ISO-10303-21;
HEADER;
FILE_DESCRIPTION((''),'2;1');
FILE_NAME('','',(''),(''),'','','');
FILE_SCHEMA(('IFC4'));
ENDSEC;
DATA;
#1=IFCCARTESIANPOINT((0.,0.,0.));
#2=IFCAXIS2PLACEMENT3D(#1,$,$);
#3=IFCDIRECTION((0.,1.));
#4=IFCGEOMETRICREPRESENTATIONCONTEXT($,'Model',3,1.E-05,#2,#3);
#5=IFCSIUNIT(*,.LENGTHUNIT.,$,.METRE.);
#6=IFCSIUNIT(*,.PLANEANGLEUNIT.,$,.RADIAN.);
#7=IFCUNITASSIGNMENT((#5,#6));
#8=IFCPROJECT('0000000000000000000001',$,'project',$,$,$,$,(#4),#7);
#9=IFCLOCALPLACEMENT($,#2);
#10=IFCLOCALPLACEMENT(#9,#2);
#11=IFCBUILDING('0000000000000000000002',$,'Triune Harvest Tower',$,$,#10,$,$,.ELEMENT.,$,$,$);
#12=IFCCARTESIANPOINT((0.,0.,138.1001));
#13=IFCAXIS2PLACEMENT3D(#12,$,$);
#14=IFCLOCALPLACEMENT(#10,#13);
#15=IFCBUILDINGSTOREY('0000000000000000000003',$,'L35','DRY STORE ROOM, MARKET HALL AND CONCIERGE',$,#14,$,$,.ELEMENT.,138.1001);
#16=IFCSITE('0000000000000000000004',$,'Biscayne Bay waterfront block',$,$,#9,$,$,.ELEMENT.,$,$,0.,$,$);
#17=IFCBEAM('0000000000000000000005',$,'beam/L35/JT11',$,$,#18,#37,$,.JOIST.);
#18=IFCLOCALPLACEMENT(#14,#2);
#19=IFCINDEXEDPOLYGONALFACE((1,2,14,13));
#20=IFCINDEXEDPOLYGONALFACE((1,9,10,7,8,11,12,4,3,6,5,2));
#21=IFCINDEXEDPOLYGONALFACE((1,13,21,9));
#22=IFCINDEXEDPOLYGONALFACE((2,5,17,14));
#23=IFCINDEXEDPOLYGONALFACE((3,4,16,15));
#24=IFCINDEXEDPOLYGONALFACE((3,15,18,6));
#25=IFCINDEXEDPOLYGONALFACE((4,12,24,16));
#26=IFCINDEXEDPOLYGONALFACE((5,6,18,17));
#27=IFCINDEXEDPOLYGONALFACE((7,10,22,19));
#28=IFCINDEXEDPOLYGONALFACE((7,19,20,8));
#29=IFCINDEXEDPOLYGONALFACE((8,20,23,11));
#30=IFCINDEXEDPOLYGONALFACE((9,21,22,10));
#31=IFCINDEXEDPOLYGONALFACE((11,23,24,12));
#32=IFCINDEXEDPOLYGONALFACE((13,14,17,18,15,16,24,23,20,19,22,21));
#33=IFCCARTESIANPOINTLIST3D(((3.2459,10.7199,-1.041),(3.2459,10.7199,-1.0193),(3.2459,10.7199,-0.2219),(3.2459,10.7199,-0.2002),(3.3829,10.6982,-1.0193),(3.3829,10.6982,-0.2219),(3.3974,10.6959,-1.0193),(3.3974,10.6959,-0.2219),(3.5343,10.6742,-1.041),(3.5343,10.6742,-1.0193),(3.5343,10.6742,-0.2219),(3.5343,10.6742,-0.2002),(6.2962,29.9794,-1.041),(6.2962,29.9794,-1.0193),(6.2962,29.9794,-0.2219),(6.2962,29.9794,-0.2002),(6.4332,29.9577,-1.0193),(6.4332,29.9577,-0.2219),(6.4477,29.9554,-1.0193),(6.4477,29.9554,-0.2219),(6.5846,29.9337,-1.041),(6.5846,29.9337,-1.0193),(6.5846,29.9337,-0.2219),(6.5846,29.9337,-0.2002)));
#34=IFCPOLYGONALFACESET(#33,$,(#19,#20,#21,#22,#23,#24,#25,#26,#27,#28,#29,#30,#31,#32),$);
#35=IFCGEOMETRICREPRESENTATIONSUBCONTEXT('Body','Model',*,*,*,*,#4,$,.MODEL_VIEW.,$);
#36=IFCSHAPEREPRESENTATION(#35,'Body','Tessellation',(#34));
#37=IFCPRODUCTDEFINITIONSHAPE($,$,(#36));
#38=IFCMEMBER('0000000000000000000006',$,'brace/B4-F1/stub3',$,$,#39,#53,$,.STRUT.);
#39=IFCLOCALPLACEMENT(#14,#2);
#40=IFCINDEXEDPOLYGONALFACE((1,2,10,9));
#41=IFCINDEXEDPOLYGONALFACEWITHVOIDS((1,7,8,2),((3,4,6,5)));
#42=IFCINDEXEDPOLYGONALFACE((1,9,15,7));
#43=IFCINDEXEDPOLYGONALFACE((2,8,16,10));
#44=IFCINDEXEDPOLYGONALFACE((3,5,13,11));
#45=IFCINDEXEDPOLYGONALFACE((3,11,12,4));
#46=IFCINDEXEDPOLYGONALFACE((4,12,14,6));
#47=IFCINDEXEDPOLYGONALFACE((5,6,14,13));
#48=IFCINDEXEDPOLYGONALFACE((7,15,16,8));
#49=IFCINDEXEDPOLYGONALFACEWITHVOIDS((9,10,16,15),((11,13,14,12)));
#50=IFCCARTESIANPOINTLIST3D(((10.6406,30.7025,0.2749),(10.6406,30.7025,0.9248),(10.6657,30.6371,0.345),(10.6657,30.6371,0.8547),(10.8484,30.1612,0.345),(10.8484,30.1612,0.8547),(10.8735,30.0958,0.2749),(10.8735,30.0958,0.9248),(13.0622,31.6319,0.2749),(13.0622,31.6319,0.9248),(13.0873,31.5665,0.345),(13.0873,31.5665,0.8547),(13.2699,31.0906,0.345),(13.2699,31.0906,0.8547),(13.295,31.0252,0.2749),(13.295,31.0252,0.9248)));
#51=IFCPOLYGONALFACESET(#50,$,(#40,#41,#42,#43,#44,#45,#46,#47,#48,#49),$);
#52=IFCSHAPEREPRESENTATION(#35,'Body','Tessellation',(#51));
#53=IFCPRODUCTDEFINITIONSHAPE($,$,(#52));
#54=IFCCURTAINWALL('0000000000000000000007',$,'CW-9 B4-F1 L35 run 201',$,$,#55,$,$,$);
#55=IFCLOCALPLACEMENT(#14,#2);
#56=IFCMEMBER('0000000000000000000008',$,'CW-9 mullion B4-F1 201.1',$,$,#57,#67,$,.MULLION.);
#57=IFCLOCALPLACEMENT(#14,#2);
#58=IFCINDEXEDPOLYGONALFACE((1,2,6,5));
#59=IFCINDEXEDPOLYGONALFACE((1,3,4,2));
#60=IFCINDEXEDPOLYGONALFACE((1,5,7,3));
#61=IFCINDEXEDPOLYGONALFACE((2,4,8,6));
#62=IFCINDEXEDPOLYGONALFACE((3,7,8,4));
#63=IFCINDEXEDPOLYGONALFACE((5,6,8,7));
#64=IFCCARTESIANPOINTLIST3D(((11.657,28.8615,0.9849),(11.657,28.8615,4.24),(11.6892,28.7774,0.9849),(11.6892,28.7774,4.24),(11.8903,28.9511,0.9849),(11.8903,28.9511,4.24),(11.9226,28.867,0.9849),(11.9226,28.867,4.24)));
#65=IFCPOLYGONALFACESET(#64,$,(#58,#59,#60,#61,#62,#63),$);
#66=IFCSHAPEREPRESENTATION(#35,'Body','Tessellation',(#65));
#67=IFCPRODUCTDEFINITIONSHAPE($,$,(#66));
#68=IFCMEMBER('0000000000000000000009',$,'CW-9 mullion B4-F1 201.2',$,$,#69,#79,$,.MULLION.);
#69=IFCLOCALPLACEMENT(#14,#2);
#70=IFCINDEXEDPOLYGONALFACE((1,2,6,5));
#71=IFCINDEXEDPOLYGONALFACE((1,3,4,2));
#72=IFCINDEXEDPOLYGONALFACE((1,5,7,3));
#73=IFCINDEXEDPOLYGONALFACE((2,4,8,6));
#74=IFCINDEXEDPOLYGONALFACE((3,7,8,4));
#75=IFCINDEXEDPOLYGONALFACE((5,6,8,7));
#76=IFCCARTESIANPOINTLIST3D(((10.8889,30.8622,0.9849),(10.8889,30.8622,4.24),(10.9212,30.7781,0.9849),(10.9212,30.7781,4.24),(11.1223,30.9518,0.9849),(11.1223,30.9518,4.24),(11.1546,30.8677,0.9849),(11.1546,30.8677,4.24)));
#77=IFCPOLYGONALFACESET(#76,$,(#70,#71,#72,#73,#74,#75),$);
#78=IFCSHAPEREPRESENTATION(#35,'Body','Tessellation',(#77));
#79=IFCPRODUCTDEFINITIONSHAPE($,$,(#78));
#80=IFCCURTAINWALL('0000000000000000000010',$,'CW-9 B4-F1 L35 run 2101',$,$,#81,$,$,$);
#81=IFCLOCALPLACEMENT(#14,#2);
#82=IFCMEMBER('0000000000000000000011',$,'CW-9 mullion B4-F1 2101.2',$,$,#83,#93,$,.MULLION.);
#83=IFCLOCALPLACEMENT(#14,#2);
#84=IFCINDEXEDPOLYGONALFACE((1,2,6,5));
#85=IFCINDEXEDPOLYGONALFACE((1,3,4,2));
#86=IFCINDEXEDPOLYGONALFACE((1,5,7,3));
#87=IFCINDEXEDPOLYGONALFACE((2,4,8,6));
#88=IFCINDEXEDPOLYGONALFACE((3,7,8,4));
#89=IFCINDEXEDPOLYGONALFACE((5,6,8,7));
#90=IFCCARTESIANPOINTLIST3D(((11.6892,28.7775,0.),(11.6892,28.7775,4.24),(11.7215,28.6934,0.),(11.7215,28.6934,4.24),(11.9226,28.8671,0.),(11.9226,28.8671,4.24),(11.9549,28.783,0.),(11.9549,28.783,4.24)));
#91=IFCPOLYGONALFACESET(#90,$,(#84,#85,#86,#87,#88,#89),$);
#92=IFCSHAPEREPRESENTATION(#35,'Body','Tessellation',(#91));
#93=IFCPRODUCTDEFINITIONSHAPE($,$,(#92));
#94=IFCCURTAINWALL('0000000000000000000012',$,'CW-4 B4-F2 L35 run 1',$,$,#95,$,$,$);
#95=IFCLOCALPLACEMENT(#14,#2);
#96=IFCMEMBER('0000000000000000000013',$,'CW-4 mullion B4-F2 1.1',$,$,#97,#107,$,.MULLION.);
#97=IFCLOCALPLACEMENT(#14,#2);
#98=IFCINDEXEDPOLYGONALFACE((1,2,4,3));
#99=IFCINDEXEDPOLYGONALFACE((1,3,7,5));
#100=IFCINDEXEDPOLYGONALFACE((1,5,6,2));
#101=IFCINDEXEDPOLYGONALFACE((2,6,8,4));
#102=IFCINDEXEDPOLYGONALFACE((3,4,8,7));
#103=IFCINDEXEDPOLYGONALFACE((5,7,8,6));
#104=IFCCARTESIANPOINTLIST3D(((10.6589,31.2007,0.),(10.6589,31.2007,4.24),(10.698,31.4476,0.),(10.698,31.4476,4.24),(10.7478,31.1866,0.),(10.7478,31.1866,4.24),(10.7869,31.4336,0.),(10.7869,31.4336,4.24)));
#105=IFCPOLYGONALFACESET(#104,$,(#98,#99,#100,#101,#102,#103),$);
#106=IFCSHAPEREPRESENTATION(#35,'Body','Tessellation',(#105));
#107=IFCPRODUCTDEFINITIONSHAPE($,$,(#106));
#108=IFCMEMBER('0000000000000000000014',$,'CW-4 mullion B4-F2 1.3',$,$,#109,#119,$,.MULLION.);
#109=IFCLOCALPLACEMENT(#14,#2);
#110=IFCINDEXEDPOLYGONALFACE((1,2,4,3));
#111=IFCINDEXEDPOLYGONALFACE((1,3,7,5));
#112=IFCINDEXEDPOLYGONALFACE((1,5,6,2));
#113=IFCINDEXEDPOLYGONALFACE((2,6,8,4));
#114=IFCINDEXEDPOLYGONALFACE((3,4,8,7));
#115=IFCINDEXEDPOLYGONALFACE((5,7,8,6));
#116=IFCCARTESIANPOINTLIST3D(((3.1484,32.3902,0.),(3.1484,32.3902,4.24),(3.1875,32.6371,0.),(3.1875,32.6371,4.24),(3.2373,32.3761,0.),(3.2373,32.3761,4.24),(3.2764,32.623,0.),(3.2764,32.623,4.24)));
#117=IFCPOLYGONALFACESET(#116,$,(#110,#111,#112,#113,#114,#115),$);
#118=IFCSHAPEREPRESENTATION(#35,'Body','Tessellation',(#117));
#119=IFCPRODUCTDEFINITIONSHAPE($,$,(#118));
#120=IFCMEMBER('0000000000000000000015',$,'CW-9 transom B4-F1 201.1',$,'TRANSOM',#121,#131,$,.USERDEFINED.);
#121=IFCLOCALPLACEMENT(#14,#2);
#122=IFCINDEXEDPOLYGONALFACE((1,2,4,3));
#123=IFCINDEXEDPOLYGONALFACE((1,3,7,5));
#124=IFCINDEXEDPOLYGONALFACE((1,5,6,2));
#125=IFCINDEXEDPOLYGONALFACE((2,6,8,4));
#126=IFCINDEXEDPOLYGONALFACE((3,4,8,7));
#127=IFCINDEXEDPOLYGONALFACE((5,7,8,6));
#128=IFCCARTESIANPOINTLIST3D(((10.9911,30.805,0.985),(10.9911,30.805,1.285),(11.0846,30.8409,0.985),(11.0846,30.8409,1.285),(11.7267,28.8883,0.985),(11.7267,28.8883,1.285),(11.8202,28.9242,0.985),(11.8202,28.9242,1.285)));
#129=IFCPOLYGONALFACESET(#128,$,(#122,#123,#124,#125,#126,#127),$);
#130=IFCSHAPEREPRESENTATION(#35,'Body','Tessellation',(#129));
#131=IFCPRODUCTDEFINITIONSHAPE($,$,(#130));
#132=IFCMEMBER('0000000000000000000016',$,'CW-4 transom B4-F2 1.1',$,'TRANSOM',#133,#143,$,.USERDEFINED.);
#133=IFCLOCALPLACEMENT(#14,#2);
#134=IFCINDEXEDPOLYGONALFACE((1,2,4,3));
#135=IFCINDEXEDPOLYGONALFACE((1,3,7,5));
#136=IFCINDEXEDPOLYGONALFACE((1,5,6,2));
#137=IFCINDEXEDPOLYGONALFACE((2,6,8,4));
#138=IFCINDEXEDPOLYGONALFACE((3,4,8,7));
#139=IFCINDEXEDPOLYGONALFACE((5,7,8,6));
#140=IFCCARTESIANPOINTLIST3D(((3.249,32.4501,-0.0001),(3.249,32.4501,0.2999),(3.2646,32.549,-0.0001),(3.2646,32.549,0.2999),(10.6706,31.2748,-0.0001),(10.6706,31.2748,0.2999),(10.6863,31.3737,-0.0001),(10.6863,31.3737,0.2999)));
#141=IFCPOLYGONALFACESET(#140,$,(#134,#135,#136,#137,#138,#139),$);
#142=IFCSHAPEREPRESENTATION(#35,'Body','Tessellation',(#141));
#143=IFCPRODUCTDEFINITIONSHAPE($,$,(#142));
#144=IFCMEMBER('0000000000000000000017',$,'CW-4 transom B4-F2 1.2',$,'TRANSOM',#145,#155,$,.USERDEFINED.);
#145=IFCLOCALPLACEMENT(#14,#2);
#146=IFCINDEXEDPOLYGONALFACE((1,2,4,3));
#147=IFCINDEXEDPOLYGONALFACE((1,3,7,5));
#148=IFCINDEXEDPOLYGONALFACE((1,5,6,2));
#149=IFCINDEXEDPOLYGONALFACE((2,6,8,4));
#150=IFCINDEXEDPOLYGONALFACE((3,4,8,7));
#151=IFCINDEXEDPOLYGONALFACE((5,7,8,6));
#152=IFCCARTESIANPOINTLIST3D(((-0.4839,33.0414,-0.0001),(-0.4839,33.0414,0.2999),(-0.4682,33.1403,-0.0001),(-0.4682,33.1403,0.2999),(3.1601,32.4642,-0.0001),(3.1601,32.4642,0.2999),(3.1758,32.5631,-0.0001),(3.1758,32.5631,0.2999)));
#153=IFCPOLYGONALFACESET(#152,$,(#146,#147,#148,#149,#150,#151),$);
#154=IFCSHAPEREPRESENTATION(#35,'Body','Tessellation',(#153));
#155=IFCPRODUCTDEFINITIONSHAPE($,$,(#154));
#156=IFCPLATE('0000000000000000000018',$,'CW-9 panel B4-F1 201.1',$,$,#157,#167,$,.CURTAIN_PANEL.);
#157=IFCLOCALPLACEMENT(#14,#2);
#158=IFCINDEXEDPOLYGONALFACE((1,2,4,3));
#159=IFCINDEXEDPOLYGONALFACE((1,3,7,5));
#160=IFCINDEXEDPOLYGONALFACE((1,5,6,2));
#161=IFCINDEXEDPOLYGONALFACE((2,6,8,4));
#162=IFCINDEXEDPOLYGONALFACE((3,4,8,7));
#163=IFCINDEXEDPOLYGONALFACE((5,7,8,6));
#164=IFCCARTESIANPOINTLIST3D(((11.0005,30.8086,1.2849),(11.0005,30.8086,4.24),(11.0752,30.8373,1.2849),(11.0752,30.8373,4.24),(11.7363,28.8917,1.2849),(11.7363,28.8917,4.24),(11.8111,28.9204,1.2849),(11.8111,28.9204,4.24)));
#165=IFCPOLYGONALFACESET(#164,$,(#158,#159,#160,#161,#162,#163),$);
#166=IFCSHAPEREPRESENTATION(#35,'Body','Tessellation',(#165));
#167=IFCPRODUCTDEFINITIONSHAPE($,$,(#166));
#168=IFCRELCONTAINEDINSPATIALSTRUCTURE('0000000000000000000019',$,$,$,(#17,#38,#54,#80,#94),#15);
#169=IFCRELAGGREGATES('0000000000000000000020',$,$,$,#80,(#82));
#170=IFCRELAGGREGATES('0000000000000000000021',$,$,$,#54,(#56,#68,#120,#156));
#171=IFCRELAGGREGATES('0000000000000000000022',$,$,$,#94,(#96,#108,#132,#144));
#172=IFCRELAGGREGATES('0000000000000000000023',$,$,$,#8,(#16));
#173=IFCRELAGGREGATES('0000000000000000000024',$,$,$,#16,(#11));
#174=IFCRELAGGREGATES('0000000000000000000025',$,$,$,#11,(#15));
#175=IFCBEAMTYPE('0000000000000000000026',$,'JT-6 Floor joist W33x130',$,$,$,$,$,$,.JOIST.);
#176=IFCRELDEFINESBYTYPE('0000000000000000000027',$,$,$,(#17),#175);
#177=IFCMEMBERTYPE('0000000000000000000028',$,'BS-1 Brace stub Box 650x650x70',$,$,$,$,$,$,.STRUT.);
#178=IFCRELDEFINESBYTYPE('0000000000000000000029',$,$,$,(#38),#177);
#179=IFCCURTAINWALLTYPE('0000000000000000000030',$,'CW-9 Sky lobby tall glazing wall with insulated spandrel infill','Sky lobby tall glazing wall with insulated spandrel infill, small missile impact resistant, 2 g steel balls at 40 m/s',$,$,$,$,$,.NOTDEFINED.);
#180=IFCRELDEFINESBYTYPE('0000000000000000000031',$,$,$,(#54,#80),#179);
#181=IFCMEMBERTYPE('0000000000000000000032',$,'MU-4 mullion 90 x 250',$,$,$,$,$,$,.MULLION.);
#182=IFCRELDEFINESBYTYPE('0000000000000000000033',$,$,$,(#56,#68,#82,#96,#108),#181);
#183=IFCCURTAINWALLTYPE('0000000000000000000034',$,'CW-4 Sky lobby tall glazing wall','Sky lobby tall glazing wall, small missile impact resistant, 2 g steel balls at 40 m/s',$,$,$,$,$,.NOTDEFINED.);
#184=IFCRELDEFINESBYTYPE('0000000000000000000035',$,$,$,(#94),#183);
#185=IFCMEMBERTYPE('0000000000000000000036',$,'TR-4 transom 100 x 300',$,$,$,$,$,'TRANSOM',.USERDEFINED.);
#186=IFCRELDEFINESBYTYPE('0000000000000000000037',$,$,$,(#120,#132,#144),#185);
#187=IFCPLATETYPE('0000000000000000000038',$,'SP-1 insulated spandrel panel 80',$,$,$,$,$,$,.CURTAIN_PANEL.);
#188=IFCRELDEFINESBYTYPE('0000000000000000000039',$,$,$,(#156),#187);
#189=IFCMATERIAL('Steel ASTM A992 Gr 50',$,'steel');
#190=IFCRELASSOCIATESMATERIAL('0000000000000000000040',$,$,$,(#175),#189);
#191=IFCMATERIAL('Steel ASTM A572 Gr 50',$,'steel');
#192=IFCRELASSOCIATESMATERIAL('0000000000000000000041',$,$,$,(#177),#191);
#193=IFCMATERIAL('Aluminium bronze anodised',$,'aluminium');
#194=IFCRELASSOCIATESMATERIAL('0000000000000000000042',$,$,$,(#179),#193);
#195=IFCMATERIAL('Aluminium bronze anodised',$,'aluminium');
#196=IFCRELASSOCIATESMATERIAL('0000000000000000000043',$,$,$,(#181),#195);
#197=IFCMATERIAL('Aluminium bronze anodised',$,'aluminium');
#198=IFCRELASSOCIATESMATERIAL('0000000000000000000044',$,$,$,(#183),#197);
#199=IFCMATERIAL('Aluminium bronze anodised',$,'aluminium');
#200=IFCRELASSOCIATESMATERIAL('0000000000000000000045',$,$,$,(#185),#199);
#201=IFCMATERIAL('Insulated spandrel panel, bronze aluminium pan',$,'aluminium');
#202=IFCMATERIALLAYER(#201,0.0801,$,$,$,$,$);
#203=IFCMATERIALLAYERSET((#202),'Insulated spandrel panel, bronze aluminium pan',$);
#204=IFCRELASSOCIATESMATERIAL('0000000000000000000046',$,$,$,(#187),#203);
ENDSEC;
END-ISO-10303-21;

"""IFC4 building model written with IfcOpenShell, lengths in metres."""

from ifc_helpers import new_model, si_unit, direction, frame, origin, origin_2d, place, context, subcontext, project, spatial, rectangle, hollow_rectangle, i_section, extrude, source, transform, mapped, material, layer, layer_set, material_profile, profile_set, type_object, element, aggregate, save


model = new_model("IFC4")

# Units and contexts
model_context = context("Model", 3, precision=1e-05, world=origin(), true_north=direction((0.0, 1.0)))
body_context = subcontext(model_context, "Body", "Model", "MODEL_VIEW")
ifc_project = project(units=[si_unit("LENGTHUNIT", "METRE"), si_unit("PLANEANGLEUNIT", "RADIAN")], contexts=[model_context])

# Site, building, storey
site_placement = place(None, origin())
site = spatial("IfcSite", under=ifc_project, at=site_placement, Name="Biscayne Bay waterfront block", CompositionType="ELEMENT", RefElevation=0.0)
building_placement = place(site_placement, origin())
building = spatial("IfcBuilding", under=site, at=building_placement, Name="Triune Harvest Tower", CompositionType="ELEMENT")
storey_placement = place(building_placement, frame((0.0, 0.0, 138.1001)))
storey = spatial("IfcBuildingStorey", under=building, at=storey_placement, Name="L35", Description="DRY STORE ROOM, MARKET HALL AND CONCIERGE", CompositionType="ELEMENT", Elevation=138.1001)

# Beam
ifc_material_1 = material(Name="Steel ASTM A992 Gr 50", Category="steel")
ifc_material_profile_1 = material_profile(ifc_material_1, i_section(OverallWidth=0.292, OverallDepth=0.8408, WebThickness=0.0146, FlangeThickness=0.0217, at=origin_2d()), Name="W33x130")
ifc_profile_set_1 = profile_set([ifc_material_profile_1], Name="Steel ASTM A992 Gr 50")
beam_type_1 = type_object("IfcBeamType", Name="JT-6 Floor joist W33x130", PredefinedType="JOIST", material=ifc_profile_set_1)
shared_shape_1 = source(origin(), body_context, "Body", "SweptSolid", [
    extrude(i_section(OverallWidth=0.292, OverallDepth=0.8408, WebThickness=0.0146, FlangeThickness=0.0217, at=origin_2d()), origin(), (0.0, 0.0, 1.0), 19.4995),
])
beam_1_placement = place(storey_placement, frame((6.4404, 29.9565, -0.6206), z_axis=(-0.156429, -0.987689, 0.0), x_axis=(0.987689, -0.156429, 0.0)))
element("IfcBeam", 1, at=beam_1_placement, inside=storey, type_object=beam_type_1, Name="beam/L35/JT11", PredefinedType="JOIST", context=body_context, shape_type="MappedRepresentation", body=[
    mapped(shared_shape_1, transform((0.0, 0.0, 0.0), scale=1.0)),
])

# Member
ifc_material_2 = material(Name="Steel ASTM A572 Gr 50", Category="steel")
ifc_material_profile_2 = material_profile(ifc_material_2, hollow_rectangle(XDim=0.6499, YDim=0.6499, WallThickness=0.0701, at=origin_2d()), Name="Box 650x650x70")
ifc_profile_set_2 = profile_set([ifc_material_profile_2], Name="Steel ASTM A572 Gr 50")
member_type_1 = type_object("IfcMemberType", Name="BS-1 Brace stub Box 650x650x70", PredefinedType="STRUT", material=ifc_profile_set_2)
shared_shape_2 = source(origin(), body_context, "Body", "SweptSolid", [
    extrude(hollow_rectangle(XDim=0.6499, YDim=0.6499, WallThickness=0.0701, at=origin_2d()), origin(), (0.0, 0.0, 1.0), 2.5938),
])
member_1_placement = place(storey_placement, frame((10.7571, 30.3992, 0.5999), z_axis=(0.933598, 0.358323, 0.0), x_axis=(-0.358323, 0.933598, 0.0)))
element("IfcMember", 2, at=member_1_placement, inside=storey, type_object=member_type_1, Name="brace/B4-F1/stub3", PredefinedType="STRUT", context=body_context, shape_type="MappedRepresentation", body=[
    mapped(shared_shape_2, transform((0.0, 0.0, 0.0), scale=1.0)),
])

# Curtain wall, members
ifc_material_3 = material(Name="Aluminium bronze anodised", Category="aluminium")
curtain_wall_type_1 = type_object("IfcCurtainWallType", Name="CW-9 Sky lobby tall glazing wall with insulated spandrel infill", Description="Sky lobby tall glazing wall with insulated spandrel infill, small missile impact resistant, 2 g steel balls at 40 m/s", PredefinedType="NOTDEFINED", material=ifc_material_3)
curtain_wall_1_placement = place(storey_placement, origin())
curtain_wall_1 = element("IfcCurtainWall", 3, at=curtain_wall_1_placement, inside=storey, type_object=curtain_wall_type_1, Name="CW-9 B4-F1 L35 run 201")
ifc_material_4 = material(Name="Aluminium bronze anodised", Category="aluminium")
ifc_material_profile_3 = material_profile(ifc_material_4, rectangle(XDim=0.25, YDim=0.0901, at=origin_2d()), Name="MU-4 mullion 90 x 250")
ifc_profile_set_3 = profile_set([ifc_material_profile_3], Name="Aluminium bronze anodised")
member_type_2 = type_object("IfcMemberType", Name="MU-4 mullion 90 x 250", PredefinedType="MULLION", material=ifc_profile_set_3)
shared_shape_3 = source(origin(), body_context, "Body", "SweptSolid", [
    extrude(rectangle(XDim=0.25, YDim=0.0901, at=origin_2d()), origin(), (0.0, 0.0, 1.0), 3.2551),
])
member_2_placement = place(storey_placement, frame((11.7898, 28.8643, 0.9849), z_axis=(0.0, 0.0, 1.0), x_axis=(-0.933577, -0.358376, 0.0)))
member_2 = element("IfcMember", 4, at=member_2_placement, type_object=member_type_2, Name="CW-9 mullion B4-F1 201.1", PredefinedType="MULLION", context=body_context, shape_type="MappedRepresentation", body=[
    mapped(shared_shape_3, transform((0.0, 0.0, 0.0), scale=1.0)),
])
member_3_placement = place(storey_placement, frame((11.0217, 30.865, 0.9849), z_axis=(0.0, 0.0, 1.0), x_axis=(-0.933577, -0.358376, 0.0)))
member_3 = element("IfcMember", 5, at=member_3_placement, type_object=member_type_2, Name="CW-9 mullion B4-F1 201.2", PredefinedType="MULLION", context=body_context, shape_type="MappedRepresentation", body=[
    mapped(shared_shape_3, transform((0.0, 0.0, 0.0), scale=1.0)),
])

# Curtain wall, member
curtain_wall_2_placement = place(storey_placement, origin())
curtain_wall_2 = element("IfcCurtainWall", 6, at=curtain_wall_2_placement, inside=storey, type_object=curtain_wall_type_1, Name="CW-9 B4-F1 L35 run 2101")
shared_shape_4 = source(origin(), body_context, "Body", "SweptSolid", [
    extrude(rectangle(XDim=0.25, YDim=0.0901, at=origin_2d()), origin(), (0.0, 0.0, 1.0), 4.24),
])
member_4_placement = place(storey_placement, frame((11.822, 28.7803, 0.0), z_axis=(0.0, 0.0, 1.0), x_axis=(-0.933576, -0.358379, 0.0)))
member_4 = element("IfcMember", 7, at=member_4_placement, type_object=member_type_2, Name="CW-9 mullion B4-F1 2101.2", PredefinedType="MULLION", context=body_context, shape_type="MappedRepresentation", body=[
    mapped(shared_shape_4, transform((0.0, 0.0, 0.0), scale=1.0)),
])
aggregate(curtain_wall_2, [member_4])

# Curtain wall, members
ifc_material_5 = material(Name="Aluminium bronze anodised", Category="aluminium")
curtain_wall_type_2 = type_object("IfcCurtainWallType", Name="CW-4 Sky lobby tall glazing wall", Description="Sky lobby tall glazing wall, small missile impact resistant, 2 g steel balls at 40 m/s", PredefinedType="NOTDEFINED", material=ifc_material_5)
curtain_wall_3_placement = place(storey_placement, origin())
curtain_wall_3 = element("IfcCurtainWall", 8, at=curtain_wall_3_placement, inside=storey, type_object=curtain_wall_type_2, Name="CW-4 B4-F2 L35 run 1")
member_5_placement = place(storey_placement, frame((10.7229, 31.3171, 0.0), z_axis=(0.0, 0.0, 1.0), x_axis=(-0.156433, -0.987689, 0.0)))
member_5 = element("IfcMember", 9, at=member_5_placement, type_object=member_type_2, Name="CW-4 mullion B4-F2 1.1", PredefinedType="MULLION", context=body_context, shape_type="MappedRepresentation", body=[
    mapped(shared_shape_4, transform((0.0, 0.0, 0.0), scale=1.0)),
])
member_6_placement = place(storey_placement, frame((3.2124, 32.5066, 0.0), z_axis=(0.0, 0.0, 1.0), x_axis=(-0.156433, -0.987689, 0.0)))
member_6 = element("IfcMember", 10, at=member_6_placement, type_object=member_type_2, Name="CW-4 mullion B4-F2 1.3", PredefinedType="MULLION", context=body_context, shape_type="MappedRepresentation", body=[
    mapped(shared_shape_4, transform((0.0, 0.0, 0.0), scale=1.0)),
])

# Members
ifc_material_6 = material(Name="Aluminium bronze anodised", Category="aluminium")
ifc_material_profile_4 = material_profile(ifc_material_6, rectangle(XDim=0.1001, YDim=0.3, at=origin_2d()), Name="TR-4 transom 100 x 300")
ifc_profile_set_4 = profile_set([ifc_material_profile_4], Name="Aluminium bronze anodised")
member_type_3 = type_object("IfcMemberType", Name="TR-4 transom 100 x 300", ElementType="TRANSOM", PredefinedType="USERDEFINED", material=ifc_profile_set_4)
shared_shape_5 = source(origin(), body_context, "Body", "SweptSolid", [
    extrude(rectangle(XDim=0.1001, YDim=0.3, at=origin_2d()), origin(), (0.0, 0.0, 1.0), 2.053),
])
member_7_placement = place(storey_placement, frame((11.7734, 28.9062, 1.135), z_axis=(-0.358294, 0.933609, 0.0), x_axis=(-0.933609, -0.358294, 0.0)))
member_7 = element("IfcMember", 11, at=member_7_placement, type_object=member_type_3, Name="CW-9 transom B4-F1 201.1", ObjectType="TRANSOM", PredefinedType="USERDEFINED", context=body_context, shape_type="MappedRepresentation", body=[
    mapped(shared_shape_5, transform((0.0, 0.0, 0.0), scale=1.0)),
])
shared_shape_6 = source(origin(), body_context, "Body", "SweptSolid", [
    extrude(rectangle(XDim=0.1001, YDim=0.3, at=origin_2d()), origin(), (0.0, 0.0, 1.0), 7.5142),
])
member_8_placement = place(storey_placement, frame((10.6785, 31.3242, 0.1499), z_axis=(-0.987692, 0.156411, 0.0), x_axis=(-0.156411, -0.987692, 0.0)))
member_8 = element("IfcMember", 12, at=member_8_placement, type_object=member_type_3, Name="CW-4 transom B4-F2 1.1", ObjectType="TRANSOM", PredefinedType="USERDEFINED", context=body_context, shape_type="MappedRepresentation", body=[
    mapped(shared_shape_6, transform((0.0, 0.0, 0.0), scale=1.0)),
])
shared_shape_7 = source(origin(), body_context, "Body", "SweptSolid", [
    extrude(rectangle(XDim=0.1001, YDim=0.3, at=origin_2d()), origin(), (0.0, 0.0, 1.0), 3.6895),
])
member_9_placement = place(storey_placement, frame((3.168, 32.5137, 0.1499), z_axis=(-0.987689, 0.156431, 0.0), x_axis=(-0.156431, -0.987689, 0.0)))
member_9 = element("IfcMember", 13, at=member_9_placement, type_object=member_type_3, Name="CW-4 transom B4-F2 1.2", ObjectType="TRANSOM", PredefinedType="USERDEFINED", context=body_context, shape_type="MappedRepresentation", body=[
    mapped(shared_shape_7, transform((0.0, 0.0, 0.0), scale=1.0)),
])

# Plate
ifc_material_7 = material(Name="Insulated spandrel panel, bronze aluminium pan", Category="aluminium")
ifc_layer_1 = layer(ifc_material_7, 0.0801)
ifc_layer_set_1 = layer_set([ifc_layer_1], Name="Insulated spandrel panel, bronze aluminium pan")
plate_type_1 = type_object("IfcPlateType", Name="SP-1 insulated spandrel panel 80", PredefinedType="CURTAIN_PANEL", material=ifc_layer_set_1)
plate_1_placement = place(storey_placement, frame((11.4058, 29.8645, 1.2849), z_axis=(0.0, 0.0, 1.0), x_axis=(-0.358376, 0.933577, 0.0)))
plate_1 = element("IfcPlate", 14, at=plate_1_placement, type_object=plate_type_1, Name="CW-9 panel B4-F1 201.1", PredefinedType="CURTAIN_PANEL", context=body_context, shape_type="SweptSolid", body=[
    extrude(rectangle(XDim=2.0532, YDim=0.0801, at=origin_2d()), origin(), (0.0, 0.0, 1.0), 2.9551),
])
aggregate(curtain_wall_1, [member_2, member_3, member_7, plate_1])
aggregate(curtain_wall_3, [member_5, member_6, member_8, member_9])

save(model, "model.ifc")
